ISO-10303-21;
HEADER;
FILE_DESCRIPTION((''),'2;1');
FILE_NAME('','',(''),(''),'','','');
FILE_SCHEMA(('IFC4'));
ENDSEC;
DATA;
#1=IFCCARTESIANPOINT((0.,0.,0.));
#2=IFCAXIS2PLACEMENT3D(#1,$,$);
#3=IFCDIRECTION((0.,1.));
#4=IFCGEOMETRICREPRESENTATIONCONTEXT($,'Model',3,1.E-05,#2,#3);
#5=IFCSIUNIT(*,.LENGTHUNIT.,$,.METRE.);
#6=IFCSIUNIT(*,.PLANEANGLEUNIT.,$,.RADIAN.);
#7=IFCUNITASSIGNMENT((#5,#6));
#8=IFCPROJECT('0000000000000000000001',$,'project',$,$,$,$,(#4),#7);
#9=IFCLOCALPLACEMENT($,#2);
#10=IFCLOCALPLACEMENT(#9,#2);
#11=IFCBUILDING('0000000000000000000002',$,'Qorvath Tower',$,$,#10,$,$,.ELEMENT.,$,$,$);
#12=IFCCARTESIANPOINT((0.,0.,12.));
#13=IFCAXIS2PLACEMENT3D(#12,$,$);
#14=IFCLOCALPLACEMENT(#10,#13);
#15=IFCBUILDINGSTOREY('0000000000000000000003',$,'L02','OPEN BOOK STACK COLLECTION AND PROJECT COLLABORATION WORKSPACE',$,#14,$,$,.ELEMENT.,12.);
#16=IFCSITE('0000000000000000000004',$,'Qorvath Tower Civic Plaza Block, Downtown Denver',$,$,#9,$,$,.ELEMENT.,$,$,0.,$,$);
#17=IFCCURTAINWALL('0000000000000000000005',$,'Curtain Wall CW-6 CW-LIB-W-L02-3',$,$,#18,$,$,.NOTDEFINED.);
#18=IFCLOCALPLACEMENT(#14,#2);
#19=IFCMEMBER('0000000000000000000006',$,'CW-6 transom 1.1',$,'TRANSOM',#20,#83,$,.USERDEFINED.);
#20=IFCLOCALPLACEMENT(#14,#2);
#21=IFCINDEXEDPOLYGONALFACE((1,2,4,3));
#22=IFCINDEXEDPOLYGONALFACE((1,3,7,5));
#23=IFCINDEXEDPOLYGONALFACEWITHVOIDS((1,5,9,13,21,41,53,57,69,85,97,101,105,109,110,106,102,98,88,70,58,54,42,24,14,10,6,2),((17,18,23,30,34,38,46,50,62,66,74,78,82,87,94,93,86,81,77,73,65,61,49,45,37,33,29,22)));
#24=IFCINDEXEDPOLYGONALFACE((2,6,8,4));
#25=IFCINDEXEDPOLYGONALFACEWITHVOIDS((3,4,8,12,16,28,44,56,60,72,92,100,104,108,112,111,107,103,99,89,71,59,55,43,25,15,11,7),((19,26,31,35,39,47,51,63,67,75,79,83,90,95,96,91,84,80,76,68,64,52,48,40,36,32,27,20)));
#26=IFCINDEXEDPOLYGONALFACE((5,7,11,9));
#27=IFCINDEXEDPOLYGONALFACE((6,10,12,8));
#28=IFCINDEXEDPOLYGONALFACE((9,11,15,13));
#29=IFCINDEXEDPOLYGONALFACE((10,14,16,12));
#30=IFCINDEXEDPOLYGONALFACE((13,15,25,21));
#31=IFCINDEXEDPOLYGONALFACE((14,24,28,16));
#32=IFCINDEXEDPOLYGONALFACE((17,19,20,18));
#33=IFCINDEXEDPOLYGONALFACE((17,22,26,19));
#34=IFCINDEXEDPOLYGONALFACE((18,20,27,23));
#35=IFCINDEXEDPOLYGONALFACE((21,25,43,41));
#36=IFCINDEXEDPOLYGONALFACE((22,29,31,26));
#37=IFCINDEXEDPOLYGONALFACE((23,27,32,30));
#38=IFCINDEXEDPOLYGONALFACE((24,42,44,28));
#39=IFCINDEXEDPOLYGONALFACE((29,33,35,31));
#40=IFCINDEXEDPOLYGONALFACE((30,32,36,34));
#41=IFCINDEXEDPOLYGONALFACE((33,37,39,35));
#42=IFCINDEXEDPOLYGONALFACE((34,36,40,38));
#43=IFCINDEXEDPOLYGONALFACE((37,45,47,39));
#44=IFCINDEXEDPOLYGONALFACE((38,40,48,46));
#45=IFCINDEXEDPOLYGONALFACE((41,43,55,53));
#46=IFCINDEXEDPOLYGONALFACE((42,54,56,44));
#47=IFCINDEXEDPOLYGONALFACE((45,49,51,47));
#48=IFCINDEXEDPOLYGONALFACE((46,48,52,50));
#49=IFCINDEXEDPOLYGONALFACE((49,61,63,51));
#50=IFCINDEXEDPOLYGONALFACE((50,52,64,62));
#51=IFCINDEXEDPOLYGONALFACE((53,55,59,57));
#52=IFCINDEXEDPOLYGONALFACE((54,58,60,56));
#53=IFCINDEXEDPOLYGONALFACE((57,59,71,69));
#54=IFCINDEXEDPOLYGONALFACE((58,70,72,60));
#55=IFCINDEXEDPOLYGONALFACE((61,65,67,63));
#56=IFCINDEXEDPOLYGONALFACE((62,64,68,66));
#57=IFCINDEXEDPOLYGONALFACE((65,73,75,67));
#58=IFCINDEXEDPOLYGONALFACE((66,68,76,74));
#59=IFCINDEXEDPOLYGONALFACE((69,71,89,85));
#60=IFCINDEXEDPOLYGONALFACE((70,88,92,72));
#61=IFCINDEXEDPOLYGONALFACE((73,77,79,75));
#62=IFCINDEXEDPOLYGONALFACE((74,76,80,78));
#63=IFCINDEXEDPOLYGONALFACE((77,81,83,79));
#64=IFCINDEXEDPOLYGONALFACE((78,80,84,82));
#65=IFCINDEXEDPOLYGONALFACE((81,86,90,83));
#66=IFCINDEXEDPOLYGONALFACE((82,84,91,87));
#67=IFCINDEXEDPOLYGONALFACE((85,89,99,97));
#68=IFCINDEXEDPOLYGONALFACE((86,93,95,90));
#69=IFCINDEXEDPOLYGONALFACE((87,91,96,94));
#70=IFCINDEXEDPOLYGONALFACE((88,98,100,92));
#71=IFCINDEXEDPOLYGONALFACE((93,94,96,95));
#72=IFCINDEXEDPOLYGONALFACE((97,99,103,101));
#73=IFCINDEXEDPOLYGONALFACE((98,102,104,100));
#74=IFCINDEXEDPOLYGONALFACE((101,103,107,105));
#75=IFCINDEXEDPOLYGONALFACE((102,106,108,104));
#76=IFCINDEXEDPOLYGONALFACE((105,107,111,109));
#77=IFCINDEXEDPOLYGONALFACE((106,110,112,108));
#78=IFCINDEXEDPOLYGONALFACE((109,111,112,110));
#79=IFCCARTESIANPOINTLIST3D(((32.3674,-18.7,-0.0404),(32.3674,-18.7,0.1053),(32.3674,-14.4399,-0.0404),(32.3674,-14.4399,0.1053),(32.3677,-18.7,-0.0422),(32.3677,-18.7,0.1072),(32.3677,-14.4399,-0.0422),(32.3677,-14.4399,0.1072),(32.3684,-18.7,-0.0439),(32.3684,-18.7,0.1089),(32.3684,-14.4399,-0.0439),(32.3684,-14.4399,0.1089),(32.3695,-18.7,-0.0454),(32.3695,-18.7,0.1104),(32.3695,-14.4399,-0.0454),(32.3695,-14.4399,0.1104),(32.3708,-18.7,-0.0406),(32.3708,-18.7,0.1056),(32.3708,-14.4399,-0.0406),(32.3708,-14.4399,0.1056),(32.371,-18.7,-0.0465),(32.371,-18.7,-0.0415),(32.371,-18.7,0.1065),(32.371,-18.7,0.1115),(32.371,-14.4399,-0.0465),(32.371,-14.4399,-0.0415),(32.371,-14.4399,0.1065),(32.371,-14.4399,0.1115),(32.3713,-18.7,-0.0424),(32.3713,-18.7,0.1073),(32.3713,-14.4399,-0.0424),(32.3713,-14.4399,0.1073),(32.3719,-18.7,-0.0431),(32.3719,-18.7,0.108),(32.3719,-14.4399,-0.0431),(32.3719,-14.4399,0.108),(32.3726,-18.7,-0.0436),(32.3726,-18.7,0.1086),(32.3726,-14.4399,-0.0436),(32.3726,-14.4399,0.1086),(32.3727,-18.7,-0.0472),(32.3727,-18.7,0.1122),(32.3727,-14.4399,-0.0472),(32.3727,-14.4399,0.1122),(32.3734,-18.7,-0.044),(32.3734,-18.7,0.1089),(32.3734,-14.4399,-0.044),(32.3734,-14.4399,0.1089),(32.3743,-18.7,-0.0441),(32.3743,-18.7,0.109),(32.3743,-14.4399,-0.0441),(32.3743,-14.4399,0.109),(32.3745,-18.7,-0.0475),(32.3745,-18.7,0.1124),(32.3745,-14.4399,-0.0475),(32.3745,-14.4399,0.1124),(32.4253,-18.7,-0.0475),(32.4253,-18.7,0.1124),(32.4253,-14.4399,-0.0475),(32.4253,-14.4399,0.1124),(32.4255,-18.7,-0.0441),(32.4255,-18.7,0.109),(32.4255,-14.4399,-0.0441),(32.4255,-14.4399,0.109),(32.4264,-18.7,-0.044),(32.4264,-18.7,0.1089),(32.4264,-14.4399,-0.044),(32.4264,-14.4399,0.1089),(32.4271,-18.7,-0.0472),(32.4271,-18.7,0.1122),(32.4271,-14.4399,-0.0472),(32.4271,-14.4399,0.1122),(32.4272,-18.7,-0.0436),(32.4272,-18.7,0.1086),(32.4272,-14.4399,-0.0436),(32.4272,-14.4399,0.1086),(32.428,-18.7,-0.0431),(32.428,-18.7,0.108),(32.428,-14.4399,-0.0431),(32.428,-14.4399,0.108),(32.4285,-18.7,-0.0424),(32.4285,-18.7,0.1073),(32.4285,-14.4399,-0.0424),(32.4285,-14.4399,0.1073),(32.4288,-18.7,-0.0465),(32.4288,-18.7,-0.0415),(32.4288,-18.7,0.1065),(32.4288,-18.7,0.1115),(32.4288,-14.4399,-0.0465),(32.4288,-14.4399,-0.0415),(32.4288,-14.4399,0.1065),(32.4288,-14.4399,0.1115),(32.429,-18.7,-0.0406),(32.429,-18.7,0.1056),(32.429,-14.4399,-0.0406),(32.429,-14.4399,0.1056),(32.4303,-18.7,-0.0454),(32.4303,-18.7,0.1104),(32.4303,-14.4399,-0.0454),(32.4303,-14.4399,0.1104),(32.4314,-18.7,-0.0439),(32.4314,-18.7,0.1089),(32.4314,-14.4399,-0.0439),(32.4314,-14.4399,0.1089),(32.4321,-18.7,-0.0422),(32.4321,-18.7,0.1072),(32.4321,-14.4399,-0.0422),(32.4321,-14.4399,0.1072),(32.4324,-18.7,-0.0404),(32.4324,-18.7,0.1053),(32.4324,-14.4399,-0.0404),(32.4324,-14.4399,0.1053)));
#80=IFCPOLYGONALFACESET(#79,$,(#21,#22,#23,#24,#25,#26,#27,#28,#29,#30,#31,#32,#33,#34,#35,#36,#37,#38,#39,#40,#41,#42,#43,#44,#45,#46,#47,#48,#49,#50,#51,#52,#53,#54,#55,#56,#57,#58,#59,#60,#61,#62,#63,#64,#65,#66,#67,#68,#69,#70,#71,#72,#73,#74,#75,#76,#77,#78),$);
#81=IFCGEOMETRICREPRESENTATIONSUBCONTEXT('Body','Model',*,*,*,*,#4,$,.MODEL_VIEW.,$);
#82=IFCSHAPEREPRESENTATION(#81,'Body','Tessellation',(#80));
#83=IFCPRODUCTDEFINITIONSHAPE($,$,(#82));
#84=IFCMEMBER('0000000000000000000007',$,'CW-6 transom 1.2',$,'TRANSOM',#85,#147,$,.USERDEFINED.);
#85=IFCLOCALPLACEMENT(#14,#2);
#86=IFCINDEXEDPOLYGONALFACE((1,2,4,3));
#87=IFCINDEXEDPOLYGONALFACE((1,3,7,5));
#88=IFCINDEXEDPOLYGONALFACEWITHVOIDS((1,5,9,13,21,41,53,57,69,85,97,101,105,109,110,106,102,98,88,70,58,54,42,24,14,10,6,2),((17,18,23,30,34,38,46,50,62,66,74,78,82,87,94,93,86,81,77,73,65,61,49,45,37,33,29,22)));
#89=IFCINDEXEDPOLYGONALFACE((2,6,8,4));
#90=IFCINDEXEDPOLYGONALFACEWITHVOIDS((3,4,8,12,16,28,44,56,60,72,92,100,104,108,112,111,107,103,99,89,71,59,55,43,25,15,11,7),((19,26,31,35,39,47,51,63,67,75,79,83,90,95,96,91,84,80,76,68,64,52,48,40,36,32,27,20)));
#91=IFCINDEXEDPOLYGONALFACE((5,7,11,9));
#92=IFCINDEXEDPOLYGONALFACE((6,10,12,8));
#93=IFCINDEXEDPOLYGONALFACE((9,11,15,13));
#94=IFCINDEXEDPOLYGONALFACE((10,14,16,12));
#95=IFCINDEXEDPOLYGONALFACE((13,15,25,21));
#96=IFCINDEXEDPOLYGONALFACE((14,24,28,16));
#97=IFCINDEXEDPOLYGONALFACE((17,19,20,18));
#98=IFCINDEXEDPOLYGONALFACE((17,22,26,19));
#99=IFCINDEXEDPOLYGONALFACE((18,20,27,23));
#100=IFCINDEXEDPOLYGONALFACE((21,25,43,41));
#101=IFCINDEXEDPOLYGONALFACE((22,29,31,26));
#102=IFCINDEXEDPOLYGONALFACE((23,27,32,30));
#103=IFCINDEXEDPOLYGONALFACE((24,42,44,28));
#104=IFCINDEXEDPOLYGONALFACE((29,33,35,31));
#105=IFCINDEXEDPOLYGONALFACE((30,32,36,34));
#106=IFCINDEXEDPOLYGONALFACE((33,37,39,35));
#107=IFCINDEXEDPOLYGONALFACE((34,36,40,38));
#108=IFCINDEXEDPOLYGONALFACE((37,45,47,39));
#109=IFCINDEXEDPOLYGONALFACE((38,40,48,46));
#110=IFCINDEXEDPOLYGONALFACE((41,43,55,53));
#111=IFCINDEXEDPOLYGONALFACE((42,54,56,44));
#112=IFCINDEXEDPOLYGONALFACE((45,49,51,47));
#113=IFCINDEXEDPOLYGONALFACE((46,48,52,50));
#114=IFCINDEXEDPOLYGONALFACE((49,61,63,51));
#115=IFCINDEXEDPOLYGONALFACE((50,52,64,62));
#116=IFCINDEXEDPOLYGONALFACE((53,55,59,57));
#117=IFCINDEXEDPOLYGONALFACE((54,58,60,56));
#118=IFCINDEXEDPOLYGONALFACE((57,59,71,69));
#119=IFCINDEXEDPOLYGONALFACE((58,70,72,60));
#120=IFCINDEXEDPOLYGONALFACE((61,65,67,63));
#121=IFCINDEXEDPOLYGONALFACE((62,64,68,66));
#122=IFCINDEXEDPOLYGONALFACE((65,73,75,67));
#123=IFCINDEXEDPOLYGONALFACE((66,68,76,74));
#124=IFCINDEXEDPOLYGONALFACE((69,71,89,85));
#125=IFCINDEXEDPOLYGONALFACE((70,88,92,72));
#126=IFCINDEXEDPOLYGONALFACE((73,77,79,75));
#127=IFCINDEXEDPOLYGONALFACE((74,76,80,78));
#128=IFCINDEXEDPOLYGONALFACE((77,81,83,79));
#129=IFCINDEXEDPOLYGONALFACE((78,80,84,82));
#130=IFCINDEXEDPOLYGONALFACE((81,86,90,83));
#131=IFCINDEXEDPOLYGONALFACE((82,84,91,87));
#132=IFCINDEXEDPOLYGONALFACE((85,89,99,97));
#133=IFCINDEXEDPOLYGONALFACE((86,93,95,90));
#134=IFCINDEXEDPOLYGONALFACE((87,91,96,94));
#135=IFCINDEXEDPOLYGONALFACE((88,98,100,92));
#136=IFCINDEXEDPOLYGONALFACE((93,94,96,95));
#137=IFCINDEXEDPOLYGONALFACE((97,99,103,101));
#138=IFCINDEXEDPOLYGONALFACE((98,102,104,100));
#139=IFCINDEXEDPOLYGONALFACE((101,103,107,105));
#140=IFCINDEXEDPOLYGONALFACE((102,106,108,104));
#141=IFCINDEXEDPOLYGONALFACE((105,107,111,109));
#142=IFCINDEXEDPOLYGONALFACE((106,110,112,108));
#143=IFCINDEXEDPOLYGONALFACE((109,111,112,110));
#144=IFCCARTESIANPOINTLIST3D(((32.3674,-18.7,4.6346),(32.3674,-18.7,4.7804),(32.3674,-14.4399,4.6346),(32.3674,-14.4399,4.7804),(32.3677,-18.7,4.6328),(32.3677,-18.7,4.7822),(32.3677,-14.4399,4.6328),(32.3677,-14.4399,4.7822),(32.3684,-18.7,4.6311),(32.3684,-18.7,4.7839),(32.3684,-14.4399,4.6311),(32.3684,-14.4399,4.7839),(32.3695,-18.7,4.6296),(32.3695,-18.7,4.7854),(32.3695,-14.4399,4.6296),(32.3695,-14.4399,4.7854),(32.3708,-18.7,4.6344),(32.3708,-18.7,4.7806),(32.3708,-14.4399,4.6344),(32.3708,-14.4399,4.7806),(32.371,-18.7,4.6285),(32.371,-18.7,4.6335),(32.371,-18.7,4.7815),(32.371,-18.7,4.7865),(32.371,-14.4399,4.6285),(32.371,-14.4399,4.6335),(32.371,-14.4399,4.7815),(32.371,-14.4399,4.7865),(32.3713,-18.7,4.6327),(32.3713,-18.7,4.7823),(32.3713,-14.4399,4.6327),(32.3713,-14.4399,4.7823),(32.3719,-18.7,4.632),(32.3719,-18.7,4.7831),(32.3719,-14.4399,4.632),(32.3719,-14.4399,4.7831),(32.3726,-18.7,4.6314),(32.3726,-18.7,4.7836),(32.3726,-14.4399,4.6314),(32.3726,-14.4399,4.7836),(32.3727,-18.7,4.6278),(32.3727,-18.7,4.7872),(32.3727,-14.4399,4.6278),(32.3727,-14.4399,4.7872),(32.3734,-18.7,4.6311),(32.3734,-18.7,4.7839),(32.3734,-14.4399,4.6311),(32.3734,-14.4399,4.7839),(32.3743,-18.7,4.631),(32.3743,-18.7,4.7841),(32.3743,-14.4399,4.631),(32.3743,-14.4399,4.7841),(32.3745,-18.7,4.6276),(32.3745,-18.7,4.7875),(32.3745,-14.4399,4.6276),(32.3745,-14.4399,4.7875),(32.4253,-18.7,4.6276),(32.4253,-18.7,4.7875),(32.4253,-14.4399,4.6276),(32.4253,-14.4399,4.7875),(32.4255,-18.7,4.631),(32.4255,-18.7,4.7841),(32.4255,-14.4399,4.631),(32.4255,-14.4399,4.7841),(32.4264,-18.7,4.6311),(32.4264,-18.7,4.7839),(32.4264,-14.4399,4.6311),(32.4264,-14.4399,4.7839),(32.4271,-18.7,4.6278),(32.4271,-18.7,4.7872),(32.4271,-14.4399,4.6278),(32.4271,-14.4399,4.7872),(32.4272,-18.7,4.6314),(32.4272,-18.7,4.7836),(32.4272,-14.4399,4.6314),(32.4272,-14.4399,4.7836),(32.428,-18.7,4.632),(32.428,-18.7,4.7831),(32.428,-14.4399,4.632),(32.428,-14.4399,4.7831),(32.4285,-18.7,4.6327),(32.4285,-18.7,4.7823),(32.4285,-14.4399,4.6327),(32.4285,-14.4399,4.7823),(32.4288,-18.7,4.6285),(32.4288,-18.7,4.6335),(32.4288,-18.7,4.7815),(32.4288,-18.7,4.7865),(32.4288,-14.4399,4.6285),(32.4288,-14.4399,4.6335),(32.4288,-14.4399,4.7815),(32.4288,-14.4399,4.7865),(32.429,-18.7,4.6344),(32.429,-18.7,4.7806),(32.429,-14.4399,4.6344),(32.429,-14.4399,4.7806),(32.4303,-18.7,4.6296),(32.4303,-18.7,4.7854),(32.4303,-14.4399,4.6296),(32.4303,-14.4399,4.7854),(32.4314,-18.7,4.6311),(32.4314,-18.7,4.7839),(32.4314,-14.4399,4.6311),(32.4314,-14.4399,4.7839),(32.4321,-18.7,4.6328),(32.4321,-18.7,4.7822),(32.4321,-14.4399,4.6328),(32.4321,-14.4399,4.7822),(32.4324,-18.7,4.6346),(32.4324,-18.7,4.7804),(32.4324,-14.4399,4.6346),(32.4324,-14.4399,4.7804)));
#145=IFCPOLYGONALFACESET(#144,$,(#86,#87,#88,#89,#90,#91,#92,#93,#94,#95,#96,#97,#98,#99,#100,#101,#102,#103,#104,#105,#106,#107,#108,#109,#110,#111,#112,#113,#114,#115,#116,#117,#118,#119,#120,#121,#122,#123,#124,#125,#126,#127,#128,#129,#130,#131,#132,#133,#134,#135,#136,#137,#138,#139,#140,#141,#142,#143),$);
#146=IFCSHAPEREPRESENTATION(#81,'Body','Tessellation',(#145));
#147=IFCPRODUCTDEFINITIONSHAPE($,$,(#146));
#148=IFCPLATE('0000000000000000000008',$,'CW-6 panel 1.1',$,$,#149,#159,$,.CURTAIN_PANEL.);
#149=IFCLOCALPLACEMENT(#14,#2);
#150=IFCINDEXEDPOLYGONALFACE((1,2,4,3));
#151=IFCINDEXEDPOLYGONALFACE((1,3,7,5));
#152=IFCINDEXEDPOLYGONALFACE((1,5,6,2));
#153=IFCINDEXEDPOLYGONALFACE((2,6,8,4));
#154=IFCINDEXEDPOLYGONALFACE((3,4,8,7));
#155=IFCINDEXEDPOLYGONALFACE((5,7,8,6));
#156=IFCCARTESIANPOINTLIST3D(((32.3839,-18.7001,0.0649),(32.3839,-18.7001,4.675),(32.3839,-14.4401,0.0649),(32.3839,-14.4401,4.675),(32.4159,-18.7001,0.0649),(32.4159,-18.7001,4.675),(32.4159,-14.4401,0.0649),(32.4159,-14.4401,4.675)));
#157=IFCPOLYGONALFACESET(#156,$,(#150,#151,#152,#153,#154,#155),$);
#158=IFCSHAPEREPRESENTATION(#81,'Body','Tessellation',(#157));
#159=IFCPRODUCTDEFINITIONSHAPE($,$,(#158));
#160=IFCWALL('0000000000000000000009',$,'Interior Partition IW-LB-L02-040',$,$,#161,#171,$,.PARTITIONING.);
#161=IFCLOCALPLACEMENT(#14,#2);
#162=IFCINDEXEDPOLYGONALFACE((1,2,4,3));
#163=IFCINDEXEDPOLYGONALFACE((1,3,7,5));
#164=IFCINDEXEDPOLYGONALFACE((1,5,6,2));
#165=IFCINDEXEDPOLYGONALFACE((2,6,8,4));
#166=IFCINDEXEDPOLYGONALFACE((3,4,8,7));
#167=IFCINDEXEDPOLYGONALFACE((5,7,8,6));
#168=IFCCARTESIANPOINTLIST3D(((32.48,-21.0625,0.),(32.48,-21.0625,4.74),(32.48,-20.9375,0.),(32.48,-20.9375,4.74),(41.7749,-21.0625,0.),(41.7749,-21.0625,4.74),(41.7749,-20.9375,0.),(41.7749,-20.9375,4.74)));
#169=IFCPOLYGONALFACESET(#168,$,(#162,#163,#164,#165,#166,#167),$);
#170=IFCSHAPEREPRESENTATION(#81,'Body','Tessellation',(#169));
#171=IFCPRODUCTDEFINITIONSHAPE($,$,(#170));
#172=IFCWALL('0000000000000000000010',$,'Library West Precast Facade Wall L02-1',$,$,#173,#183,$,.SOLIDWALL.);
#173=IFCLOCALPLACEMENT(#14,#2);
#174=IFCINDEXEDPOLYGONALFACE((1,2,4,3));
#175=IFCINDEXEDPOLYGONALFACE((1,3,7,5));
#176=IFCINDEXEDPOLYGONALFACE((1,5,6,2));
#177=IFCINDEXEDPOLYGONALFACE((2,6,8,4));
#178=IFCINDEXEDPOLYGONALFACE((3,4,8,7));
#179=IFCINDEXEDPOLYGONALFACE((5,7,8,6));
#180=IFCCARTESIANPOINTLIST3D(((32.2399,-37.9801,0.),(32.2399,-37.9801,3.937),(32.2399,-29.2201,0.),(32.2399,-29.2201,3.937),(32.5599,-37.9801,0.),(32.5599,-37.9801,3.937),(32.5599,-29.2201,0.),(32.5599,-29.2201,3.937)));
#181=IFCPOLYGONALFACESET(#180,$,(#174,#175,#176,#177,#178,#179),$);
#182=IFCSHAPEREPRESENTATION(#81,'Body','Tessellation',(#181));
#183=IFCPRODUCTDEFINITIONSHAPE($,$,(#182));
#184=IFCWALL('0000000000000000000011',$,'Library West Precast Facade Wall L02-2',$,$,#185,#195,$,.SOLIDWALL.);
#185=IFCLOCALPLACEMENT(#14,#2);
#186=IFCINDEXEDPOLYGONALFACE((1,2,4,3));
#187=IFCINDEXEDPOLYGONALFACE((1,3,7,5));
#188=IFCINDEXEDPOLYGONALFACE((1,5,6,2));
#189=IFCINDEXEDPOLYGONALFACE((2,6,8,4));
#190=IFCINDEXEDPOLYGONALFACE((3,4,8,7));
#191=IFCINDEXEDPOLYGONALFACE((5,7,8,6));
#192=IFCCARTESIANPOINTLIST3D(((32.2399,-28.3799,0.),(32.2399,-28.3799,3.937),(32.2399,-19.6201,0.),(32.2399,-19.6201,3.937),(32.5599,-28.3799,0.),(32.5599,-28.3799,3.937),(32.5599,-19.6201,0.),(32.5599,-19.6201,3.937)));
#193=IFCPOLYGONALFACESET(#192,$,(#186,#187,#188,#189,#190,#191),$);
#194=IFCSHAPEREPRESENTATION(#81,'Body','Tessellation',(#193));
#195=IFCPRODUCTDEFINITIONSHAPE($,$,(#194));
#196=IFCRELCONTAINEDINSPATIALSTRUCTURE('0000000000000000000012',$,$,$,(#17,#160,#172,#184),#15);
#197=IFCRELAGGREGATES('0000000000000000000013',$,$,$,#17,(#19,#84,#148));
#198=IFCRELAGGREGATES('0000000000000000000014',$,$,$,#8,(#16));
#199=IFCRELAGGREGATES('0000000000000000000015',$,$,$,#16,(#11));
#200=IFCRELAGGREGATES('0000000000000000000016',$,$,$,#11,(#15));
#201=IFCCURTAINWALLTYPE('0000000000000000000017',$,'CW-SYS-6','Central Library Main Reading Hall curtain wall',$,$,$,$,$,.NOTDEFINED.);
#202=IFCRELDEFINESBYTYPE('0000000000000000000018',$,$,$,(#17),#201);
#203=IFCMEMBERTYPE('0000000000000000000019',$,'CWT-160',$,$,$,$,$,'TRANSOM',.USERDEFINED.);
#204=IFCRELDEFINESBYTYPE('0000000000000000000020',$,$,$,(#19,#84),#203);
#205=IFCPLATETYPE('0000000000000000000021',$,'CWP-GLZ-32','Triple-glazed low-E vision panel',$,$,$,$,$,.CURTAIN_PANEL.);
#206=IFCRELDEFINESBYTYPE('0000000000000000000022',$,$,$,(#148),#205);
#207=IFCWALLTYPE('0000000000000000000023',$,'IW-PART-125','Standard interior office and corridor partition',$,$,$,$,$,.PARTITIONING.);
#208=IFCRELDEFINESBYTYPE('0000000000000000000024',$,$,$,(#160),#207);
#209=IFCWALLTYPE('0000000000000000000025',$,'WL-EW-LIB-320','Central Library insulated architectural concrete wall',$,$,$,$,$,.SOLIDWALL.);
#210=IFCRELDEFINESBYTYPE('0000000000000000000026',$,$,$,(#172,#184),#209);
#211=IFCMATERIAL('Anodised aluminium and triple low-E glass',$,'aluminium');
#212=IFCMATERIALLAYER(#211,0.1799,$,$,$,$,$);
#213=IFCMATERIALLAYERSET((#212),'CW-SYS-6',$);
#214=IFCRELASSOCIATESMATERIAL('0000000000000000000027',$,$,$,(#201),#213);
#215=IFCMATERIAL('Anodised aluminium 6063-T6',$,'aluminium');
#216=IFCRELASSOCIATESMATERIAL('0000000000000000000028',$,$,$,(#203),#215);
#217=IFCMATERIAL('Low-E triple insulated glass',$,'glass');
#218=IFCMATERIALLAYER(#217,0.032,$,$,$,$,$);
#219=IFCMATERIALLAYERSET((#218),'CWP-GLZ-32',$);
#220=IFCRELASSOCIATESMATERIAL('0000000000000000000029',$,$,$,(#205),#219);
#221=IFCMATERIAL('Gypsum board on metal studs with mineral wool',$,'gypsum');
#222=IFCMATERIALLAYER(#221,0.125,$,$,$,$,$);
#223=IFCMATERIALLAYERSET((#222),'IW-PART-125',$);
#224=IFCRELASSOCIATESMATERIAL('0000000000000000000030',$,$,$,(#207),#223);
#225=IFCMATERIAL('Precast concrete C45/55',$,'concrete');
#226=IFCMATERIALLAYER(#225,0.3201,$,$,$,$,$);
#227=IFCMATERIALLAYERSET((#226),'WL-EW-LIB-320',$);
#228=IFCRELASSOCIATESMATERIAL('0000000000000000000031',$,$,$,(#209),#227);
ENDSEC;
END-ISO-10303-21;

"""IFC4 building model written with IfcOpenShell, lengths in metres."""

from ifc_helpers import new_model, si_unit, direction, frame, frame_2d, origin, origin_2d, place, context, subcontext, project, spatial, rectangle, hollow_rectangle, extrude, material, layer, layer_set, material_profile, profile_set, type_object, element, aggregate, save


model = new_model("IFC4")

# Units and contexts
model_context = context("Model", 3, precision=1e-05, world=origin(), true_north=direction((0.0, 1.0)))
body_context = subcontext(model_context, "Body", "Model", "MODEL_VIEW")
ifc_project = project(units=[si_unit("LENGTHUNIT", "METRE"), si_unit("PLANEANGLEUNIT", "RADIAN")], contexts=[model_context])

# Site, building, storey
site_placement = place(None, origin())
site = spatial("IfcSite", under=ifc_project, at=site_placement, Name="Qorvath Tower Civic Plaza Block, Downtown Denver", CompositionType="ELEMENT", RefElevation=0.0)
building_placement = place(site_placement, origin())
building = spatial("IfcBuilding", under=site, at=building_placement, Name="Qorvath Tower", CompositionType="ELEMENT")
storey_placement = place(building_placement, frame((0.0, 0.0, 12.0)))
storey = spatial("IfcBuildingStorey", under=building, at=storey_placement, Name="L02", Description="OPEN BOOK STACK COLLECTION AND PROJECT COLLABORATION WORKSPACE", CompositionType="ELEMENT", Elevation=12.0)

# Curtain wall, members, plate
ifc_material_1 = material(Name="Anodised aluminium and triple low-E glass", Category="aluminium")
ifc_layer_1 = layer(ifc_material_1, 0.1799)
ifc_layer_set_1 = layer_set([ifc_layer_1], Name="CW-SYS-6")
curtain_wall_type = type_object("IfcCurtainWallType", Name="CW-SYS-6", Description="Central Library Main Reading Hall curtain wall", PredefinedType="NOTDEFINED", material=ifc_layer_set_1)
curtain_wall_placement = place(storey_placement, origin())
curtain_wall = element("IfcCurtainWall", 1, at=curtain_wall_placement, inside=storey, type_object=curtain_wall_type, Name="Curtain Wall CW-6 CW-LIB-W-L02-3", PredefinedType="NOTDEFINED")
ifc_material_2 = material(Name="Anodised aluminium 6063-T6", Category="aluminium")
ifc_material_profile_1 = material_profile(ifc_material_2, hollow_rectangle(XDim=0.0649, YDim=0.1599, WallThickness=0.0034, InnerFilletRadius=0.0034, OuterFilletRadius=0.0071, at=origin_2d()), Name="CWT 160x65")
ifc_profile_set_1 = profile_set([ifc_material_profile_1], Name="Anodised aluminium 6063-T6")
member_type_1 = type_object("IfcMemberType", Name="CWT-160", ElementType="TRANSOM", PredefinedType="USERDEFINED", material=ifc_profile_set_1)
member_1_placement = place(storey_placement, frame((32.3999, -18.7, 0.0325), z_axis=(0.0, 1.0, 0.0), x_axis=(-1.0, 0.0, 0.0)))
member_1 = element("IfcMember", 2, at=member_1_placement, type_object=member_type_1, Name="CW-6 transom 1.1", ObjectType="TRANSOM", PredefinedType="USERDEFINED", context=body_context, shape_type="SweptSolid", body=[
    extrude(hollow_rectangle(XDim=0.0649, YDim=0.1599, WallThickness=0.0034, InnerFilletRadius=0.0034, OuterFilletRadius=0.0071, at=origin_2d()), origin(), (0.0, 0.0, 1.0), 4.26),
])
member_2_placement = place(storey_placement, frame((32.3999, -18.7, 4.7075), z_axis=(0.0, 1.0, 0.0), x_axis=(-1.0, 0.0, 0.0)))
member_2 = element("IfcMember", 3, at=member_2_placement, type_object=member_type_1, Name="CW-6 transom 1.2", ObjectType="TRANSOM", PredefinedType="USERDEFINED", context=body_context, shape_type="SweptSolid", body=[
    extrude(hollow_rectangle(XDim=0.0649, YDim=0.1599, WallThickness=0.0034, InnerFilletRadius=0.0034, OuterFilletRadius=0.0071, at=origin_2d()), origin(), (0.0, 0.0, 1.0), 4.26),
])
ifc_material_3 = material(Name="Low-E triple insulated glass", Category="glass")
ifc_layer_2 = layer(ifc_material_3, 0.032)
ifc_layer_set_2 = layer_set([ifc_layer_2], Name="CWP-GLZ-32")
plate_type = type_object("IfcPlateType", Name="CWP-GLZ-32", Description="Triple-glazed low-E vision panel", PredefinedType="CURTAIN_PANEL", material=ifc_layer_set_2)
plate_placement = place(storey_placement, frame((32.3999, -16.5701, 0.0649), z_axis=(0.0, 0.0, 1.0), x_axis=(0.0, 1.0, 0.0)))
plate = element("IfcPlate", 4, at=plate_placement, type_object=plate_type, Name="CW-6 panel 1.1", PredefinedType="CURTAIN_PANEL", context=body_context, shape_type="SweptSolid", body=[
    extrude(rectangle(XDim=4.26, YDim=0.032, at=origin_2d()), origin(), (0.0, 0.0, 1.0), 4.6101),
])
aggregate(curtain_wall, [member_1, member_2, plate])

# Walls
ifc_material_4 = material(Name="Gypsum board on metal studs with mineral wool", Category="gypsum")
ifc_layer_3 = layer(ifc_material_4, 0.125)
ifc_layer_set_3 = layer_set([ifc_layer_3], Name="IW-PART-125")
wall_type_1 = type_object("IfcWallType", Name="IW-PART-125", Description="Standard interior office and corridor partition", PredefinedType="PARTITIONING", material=ifc_layer_set_3)
wall_1_placement = place(storey_placement, frame((32.48, -21.0, 0.0), z_axis=(0.0, 0.0, 1.0), x_axis=(1.0, 0.0, 0.0)))
element("IfcWall", 5, at=wall_1_placement, inside=storey, type_object=wall_type_1, Name="Interior Partition IW-LB-L02-040", PredefinedType="PARTITIONING", context=body_context, shape_type="SweptSolid", body=[
    extrude(rectangle(XDim=9.2949, YDim=0.125, at=frame_2d((4.6475, 0.0))), origin(), (0.0, 0.0, 1.0), 4.74),
])
ifc_material_5 = material(Name="Precast concrete C45/55", Category="concrete")
ifc_layer_4 = layer(ifc_material_5, 0.3201)
ifc_layer_set_4 = layer_set([ifc_layer_4], Name="WL-EW-LIB-320")
wall_type_2 = type_object("IfcWallType", Name="WL-EW-LIB-320", Description="Central Library insulated architectural concrete wall", PredefinedType="SOLIDWALL", material=ifc_layer_set_4)
wall_2_placement = place(storey_placement, frame((32.3999, -37.98, 0.0), z_axis=(0.0, 0.0, 1.0), x_axis=(0.0, 1.0, 0.0)))
element("IfcWall", 6, at=wall_2_placement, inside=storey, type_object=wall_type_2, Name="Library West Precast Facade Wall L02-1", PredefinedType="SOLIDWALL", context=body_context, shape_type="SweptSolid", body=[
    extrude(rectangle(XDim=8.76, YDim=0.3201, at=frame_2d((4.3799, 0.0))), origin(), (0.0, 0.0, 1.0), 3.937),
])
wall_3_placement = place(storey_placement, frame((32.3999, -28.3799, 0.0), z_axis=(0.0, 0.0, 1.0), x_axis=(0.0, 1.0, 0.0)))
element("IfcWall", 7, at=wall_3_placement, inside=storey, type_object=wall_type_2, Name="Library West Precast Facade Wall L02-2", PredefinedType="SOLIDWALL", context=body_context, shape_type="SweptSolid", body=[
    extrude(rectangle(XDim=8.7598, YDim=0.3201, at=frame_2d((4.3799, 0.0))), origin(), (0.0, 0.0, 1.0), 3.937),
])

save(model, "model.ifc")
